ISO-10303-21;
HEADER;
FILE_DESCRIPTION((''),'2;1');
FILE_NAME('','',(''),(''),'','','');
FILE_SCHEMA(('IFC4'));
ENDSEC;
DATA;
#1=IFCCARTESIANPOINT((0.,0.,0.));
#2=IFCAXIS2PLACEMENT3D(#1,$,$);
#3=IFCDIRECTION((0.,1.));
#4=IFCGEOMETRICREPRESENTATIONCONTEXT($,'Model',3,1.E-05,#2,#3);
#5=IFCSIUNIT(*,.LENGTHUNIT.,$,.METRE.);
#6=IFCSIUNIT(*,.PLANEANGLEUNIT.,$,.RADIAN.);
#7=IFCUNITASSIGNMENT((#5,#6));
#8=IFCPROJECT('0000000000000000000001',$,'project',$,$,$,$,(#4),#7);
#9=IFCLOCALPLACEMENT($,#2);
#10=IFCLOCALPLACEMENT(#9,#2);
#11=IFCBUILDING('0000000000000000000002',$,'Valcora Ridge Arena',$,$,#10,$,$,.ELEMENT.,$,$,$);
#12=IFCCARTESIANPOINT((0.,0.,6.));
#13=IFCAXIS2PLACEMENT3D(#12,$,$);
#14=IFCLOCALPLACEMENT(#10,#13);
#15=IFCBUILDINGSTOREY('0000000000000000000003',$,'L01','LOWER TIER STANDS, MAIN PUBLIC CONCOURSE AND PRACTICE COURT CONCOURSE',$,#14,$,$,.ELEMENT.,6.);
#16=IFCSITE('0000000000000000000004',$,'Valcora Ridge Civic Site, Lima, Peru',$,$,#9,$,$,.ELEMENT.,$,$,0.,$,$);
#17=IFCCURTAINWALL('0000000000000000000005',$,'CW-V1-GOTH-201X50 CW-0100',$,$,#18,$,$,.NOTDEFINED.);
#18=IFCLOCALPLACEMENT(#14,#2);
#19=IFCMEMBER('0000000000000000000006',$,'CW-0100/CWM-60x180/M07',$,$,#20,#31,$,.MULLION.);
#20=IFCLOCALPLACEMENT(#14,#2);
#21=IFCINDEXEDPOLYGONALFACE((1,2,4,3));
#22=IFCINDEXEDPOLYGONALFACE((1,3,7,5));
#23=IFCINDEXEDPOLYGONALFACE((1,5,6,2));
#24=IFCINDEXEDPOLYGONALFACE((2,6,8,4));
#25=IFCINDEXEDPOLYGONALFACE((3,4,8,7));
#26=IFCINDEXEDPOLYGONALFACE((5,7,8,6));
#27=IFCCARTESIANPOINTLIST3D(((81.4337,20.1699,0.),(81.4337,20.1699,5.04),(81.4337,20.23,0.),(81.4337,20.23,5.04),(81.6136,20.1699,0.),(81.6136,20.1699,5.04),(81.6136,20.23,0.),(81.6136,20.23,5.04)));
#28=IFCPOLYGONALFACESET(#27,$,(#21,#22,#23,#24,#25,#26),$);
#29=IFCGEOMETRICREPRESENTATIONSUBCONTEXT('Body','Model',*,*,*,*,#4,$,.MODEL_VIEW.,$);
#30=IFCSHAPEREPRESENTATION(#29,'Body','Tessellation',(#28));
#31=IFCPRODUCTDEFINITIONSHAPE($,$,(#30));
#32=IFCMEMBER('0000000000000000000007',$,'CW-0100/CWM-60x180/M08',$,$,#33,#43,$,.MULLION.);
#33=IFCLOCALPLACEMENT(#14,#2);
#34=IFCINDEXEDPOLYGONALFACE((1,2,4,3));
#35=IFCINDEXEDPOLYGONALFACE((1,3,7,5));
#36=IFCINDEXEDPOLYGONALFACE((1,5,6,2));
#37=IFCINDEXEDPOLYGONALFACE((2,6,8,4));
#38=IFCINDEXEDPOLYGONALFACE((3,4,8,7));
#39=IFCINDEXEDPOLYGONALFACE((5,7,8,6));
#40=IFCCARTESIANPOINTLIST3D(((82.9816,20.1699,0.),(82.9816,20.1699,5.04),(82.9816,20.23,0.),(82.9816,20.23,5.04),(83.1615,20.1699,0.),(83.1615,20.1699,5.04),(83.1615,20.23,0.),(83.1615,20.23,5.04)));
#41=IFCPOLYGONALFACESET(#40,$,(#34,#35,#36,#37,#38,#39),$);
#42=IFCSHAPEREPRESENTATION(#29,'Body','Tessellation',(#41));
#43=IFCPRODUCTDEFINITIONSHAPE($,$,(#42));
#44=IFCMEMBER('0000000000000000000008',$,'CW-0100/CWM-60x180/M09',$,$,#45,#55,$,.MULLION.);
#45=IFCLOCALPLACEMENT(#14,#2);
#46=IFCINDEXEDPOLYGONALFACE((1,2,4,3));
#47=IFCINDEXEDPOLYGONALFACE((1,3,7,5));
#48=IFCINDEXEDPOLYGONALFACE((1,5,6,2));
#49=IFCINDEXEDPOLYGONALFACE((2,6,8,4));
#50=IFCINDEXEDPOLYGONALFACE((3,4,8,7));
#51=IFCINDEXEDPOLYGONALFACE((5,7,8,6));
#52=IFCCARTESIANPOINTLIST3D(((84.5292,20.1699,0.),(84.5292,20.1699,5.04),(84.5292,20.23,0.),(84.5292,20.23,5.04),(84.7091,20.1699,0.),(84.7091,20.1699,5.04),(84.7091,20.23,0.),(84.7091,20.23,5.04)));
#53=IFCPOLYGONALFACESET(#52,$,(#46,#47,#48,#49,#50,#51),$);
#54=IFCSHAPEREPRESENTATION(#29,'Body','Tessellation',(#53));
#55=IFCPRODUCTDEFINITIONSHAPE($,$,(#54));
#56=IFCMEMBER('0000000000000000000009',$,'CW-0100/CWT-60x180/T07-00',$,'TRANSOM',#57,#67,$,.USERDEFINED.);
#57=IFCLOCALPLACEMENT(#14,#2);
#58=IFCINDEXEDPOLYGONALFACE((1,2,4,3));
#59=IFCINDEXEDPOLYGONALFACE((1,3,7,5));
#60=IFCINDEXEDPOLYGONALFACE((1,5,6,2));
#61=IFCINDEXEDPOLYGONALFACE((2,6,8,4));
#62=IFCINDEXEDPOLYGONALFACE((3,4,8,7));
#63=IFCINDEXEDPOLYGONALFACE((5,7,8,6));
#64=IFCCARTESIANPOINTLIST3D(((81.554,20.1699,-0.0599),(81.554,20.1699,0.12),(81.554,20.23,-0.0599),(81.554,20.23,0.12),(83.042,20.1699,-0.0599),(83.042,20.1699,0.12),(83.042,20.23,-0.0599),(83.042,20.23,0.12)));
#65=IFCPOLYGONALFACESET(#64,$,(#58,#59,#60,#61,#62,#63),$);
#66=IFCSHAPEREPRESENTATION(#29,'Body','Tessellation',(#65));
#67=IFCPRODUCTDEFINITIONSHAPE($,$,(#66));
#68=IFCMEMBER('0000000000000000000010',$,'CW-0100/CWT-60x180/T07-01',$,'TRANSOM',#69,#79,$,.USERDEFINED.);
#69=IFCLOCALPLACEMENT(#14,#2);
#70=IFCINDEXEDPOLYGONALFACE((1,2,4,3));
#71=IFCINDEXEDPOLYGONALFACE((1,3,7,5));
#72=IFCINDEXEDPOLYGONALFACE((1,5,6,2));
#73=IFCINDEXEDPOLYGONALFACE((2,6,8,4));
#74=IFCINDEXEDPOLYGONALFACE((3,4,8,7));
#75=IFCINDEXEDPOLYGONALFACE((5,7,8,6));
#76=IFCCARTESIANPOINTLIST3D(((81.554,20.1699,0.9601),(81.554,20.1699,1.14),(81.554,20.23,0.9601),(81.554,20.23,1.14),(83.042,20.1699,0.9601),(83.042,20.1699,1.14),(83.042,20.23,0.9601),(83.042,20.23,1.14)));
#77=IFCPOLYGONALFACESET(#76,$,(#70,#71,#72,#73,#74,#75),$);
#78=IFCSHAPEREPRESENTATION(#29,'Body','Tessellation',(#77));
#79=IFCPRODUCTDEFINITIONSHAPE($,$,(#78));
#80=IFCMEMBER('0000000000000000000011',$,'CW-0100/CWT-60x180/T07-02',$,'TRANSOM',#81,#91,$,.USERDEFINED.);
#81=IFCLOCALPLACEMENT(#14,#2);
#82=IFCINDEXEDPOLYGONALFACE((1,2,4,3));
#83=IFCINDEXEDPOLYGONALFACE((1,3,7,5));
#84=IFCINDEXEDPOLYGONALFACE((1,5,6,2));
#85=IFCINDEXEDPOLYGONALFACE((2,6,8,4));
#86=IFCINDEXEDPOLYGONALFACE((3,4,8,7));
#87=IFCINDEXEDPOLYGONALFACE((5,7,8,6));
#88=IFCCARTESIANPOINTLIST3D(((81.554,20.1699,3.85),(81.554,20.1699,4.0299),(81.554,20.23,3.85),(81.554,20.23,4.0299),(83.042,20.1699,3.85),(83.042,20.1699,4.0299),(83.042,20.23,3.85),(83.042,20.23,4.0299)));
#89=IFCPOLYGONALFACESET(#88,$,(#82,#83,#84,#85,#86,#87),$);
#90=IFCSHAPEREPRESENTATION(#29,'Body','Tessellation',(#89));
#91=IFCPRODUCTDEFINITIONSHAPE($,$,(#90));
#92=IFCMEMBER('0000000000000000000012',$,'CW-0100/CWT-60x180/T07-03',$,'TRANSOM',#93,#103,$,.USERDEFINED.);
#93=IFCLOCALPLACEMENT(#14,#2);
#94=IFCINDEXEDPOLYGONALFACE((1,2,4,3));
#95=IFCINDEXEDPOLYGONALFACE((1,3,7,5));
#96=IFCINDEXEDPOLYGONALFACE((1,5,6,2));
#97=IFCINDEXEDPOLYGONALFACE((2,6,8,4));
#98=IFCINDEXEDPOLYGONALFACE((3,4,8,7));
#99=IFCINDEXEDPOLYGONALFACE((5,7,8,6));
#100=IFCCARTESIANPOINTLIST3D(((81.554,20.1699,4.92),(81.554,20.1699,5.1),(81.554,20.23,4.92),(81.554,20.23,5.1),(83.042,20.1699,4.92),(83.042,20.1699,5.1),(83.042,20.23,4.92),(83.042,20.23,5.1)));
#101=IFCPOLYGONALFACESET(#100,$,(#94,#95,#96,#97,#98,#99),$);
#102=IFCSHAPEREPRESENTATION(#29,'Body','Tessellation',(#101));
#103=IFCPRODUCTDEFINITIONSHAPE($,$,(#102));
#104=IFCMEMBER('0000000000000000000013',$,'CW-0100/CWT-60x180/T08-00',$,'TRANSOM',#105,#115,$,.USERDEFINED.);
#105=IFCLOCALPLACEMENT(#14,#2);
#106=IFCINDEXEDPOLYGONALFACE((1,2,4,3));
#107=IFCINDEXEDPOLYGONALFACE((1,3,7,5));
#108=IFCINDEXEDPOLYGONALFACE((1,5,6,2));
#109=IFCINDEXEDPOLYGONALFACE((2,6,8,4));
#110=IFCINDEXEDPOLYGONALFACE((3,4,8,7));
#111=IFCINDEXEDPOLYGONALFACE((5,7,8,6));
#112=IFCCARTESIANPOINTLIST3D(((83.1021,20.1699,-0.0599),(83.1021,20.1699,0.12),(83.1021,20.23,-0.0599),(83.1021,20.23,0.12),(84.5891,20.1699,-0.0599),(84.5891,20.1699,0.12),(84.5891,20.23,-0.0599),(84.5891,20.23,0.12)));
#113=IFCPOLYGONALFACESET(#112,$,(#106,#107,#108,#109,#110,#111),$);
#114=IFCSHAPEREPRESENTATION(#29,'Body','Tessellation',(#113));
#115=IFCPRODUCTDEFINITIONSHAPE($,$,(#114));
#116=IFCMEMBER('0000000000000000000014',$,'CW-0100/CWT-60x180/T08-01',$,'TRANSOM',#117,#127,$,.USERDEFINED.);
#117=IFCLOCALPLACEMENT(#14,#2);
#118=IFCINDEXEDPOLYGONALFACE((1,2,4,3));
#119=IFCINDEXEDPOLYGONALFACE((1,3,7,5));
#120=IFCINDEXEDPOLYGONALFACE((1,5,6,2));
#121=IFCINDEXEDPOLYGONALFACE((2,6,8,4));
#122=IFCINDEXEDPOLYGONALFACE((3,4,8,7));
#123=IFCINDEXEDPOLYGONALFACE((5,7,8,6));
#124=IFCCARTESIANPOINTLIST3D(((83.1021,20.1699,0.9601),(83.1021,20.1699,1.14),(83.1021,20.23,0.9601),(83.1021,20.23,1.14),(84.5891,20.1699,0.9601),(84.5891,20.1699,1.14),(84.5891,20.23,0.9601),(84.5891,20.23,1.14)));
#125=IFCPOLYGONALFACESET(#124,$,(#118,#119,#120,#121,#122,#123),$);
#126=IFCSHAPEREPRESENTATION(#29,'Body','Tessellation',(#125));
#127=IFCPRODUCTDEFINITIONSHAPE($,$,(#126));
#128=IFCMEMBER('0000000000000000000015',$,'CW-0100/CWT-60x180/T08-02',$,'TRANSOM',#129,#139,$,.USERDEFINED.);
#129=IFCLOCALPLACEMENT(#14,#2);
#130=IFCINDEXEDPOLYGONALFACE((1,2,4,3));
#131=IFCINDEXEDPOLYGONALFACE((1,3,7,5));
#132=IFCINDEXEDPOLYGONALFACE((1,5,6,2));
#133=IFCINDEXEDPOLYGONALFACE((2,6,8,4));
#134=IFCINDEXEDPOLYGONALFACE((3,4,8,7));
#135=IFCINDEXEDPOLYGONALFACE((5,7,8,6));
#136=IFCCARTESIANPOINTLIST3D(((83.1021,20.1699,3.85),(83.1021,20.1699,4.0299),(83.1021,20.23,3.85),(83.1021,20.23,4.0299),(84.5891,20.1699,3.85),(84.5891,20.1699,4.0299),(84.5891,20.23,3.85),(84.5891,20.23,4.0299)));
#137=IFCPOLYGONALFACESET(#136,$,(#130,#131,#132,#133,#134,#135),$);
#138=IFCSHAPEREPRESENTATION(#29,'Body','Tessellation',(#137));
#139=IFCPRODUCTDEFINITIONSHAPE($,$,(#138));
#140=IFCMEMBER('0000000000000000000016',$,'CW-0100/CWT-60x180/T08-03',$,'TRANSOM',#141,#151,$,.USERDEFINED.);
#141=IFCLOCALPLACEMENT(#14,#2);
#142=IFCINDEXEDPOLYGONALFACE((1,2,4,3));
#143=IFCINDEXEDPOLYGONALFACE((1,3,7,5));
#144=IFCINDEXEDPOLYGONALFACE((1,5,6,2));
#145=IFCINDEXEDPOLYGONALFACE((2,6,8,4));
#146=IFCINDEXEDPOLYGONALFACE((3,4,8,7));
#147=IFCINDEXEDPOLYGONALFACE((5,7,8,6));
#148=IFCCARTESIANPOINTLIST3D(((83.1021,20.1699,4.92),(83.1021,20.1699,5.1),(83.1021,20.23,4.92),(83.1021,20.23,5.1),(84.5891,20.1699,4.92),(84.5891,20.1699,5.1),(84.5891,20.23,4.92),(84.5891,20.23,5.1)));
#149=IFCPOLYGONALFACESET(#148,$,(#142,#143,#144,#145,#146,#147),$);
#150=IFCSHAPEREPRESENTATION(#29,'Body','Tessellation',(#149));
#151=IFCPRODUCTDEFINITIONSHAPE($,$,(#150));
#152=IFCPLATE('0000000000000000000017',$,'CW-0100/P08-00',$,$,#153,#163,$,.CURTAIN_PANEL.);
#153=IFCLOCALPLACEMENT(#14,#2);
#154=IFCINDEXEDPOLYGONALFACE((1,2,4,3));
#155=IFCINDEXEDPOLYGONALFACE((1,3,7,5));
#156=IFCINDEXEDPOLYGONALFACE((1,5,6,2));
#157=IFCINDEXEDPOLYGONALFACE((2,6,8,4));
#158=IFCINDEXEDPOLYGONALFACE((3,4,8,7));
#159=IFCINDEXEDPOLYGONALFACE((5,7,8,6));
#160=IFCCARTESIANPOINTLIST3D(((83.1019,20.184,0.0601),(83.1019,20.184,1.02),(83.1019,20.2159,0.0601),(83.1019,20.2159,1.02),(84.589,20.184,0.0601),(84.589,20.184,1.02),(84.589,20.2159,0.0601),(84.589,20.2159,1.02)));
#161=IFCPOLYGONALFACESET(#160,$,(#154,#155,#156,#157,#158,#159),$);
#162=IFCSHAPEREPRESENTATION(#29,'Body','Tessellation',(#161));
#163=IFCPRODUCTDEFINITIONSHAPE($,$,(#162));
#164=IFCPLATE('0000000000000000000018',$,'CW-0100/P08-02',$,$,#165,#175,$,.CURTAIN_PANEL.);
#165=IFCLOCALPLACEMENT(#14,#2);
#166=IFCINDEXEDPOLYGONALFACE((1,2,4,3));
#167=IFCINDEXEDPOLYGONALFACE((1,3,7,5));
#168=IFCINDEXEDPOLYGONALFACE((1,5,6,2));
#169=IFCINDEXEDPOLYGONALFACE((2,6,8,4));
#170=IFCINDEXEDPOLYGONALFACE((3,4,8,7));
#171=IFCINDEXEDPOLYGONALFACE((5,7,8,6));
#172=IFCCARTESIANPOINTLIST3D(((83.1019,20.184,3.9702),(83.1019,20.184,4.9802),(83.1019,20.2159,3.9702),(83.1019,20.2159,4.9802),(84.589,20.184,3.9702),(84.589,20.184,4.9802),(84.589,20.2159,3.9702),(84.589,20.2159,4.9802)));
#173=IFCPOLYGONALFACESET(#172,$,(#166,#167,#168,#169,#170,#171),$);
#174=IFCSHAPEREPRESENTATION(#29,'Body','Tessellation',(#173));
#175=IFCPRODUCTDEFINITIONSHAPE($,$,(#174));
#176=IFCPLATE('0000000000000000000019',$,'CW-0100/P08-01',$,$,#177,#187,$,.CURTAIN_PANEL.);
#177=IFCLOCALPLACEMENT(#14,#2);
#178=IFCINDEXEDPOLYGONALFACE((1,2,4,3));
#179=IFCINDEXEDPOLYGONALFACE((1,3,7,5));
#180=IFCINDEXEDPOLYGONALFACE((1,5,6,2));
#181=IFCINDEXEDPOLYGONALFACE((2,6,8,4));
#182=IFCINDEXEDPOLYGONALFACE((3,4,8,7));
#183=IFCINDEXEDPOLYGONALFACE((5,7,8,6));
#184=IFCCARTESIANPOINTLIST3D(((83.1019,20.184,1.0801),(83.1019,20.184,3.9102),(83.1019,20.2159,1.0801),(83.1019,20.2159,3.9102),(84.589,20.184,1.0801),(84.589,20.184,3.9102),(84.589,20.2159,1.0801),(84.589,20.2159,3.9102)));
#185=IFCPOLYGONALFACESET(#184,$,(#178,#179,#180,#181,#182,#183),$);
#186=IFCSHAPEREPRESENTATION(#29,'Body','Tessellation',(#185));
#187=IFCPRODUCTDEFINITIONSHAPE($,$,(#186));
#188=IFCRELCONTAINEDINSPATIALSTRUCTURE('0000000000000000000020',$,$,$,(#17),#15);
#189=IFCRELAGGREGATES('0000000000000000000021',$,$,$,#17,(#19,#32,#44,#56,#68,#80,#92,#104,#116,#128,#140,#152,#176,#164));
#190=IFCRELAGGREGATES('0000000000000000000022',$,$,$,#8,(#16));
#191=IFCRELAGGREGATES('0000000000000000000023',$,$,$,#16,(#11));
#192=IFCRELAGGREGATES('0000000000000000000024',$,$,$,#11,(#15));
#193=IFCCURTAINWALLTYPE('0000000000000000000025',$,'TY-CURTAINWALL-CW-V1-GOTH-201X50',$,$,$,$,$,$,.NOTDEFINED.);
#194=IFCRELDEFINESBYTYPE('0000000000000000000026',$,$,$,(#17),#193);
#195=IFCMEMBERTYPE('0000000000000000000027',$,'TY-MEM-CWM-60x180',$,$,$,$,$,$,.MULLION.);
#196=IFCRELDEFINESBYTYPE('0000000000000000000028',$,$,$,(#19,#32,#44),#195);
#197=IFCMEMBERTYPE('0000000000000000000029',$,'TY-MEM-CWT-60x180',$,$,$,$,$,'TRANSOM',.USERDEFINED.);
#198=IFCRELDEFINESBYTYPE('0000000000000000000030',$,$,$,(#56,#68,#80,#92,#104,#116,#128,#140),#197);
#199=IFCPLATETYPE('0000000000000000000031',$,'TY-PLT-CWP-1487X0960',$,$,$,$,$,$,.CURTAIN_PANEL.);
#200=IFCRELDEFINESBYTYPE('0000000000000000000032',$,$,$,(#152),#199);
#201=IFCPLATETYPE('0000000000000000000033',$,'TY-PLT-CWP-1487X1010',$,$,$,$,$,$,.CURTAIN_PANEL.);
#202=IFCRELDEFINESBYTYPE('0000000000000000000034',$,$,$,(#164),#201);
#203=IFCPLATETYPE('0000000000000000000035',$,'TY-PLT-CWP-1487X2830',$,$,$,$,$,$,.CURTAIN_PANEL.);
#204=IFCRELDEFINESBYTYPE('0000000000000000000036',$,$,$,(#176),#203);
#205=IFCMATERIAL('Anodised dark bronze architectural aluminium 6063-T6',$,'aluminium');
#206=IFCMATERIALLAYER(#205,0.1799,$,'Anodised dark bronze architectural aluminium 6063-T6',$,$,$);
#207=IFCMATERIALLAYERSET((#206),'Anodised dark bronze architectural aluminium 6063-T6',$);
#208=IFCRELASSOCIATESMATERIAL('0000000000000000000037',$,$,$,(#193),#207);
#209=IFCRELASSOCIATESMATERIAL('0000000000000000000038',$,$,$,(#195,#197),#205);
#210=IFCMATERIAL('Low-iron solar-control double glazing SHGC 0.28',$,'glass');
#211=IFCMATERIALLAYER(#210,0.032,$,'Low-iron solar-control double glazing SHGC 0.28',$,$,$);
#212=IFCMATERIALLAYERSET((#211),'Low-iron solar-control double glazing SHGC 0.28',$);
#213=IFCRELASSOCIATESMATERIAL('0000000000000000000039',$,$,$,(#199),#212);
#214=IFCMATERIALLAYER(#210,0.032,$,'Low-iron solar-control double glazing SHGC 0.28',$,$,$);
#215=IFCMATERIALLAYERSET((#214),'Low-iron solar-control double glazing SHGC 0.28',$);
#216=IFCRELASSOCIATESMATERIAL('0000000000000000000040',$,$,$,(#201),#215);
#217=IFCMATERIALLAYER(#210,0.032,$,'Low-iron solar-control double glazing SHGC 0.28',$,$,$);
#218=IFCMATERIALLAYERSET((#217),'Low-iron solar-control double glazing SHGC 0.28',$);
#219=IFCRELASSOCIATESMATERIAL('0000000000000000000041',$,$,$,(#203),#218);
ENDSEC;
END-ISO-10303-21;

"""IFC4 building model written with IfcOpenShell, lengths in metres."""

from ifc_helpers import new_model, si_unit, direction, frame, origin, origin_2d, place, context, subcontext, project, spatial, rectangle, extrude, material, layer, layer_set, material_profile, profile_set, type_object, element, aggregate, save


model = new_model("IFC4")

# Units and contexts
model_context = context("Model", 3, precision=1e-05, world=origin(), true_north=direction((0.0, 1.0)))
body_context = subcontext(model_context, "Body", "Model", "MODEL_VIEW")
ifc_project = project(units=[si_unit("LENGTHUNIT", "METRE"), si_unit("PLANEANGLEUNIT", "RADIAN")], contexts=[model_context])

# Site, building, storey
site_placement = place(None, origin())
site = spatial("IfcSite", under=ifc_project, at=site_placement, Name="Valcora Ridge Civic Site, Lima, Peru", CompositionType="ELEMENT", RefElevation=0.0)
building_placement = place(site_placement, origin())
building = spatial("IfcBuilding", under=site, at=building_placement, Name="Valcora Ridge Arena", CompositionType="ELEMENT")
storey_placement = place(building_placement, frame((0.0, 0.0, 6.0)))
storey = spatial("IfcBuildingStorey", under=building, at=storey_placement, Name="L01", Description="LOWER TIER STANDS, MAIN PUBLIC CONCOURSE AND PRACTICE COURT CONCOURSE", CompositionType="ELEMENT", Elevation=6.0)

# Curtain wall, members, plates
ifc_material_1 = material(Name="Anodised dark bronze architectural aluminium 6063-T6", Category="aluminium")
ifc_layer_1 = layer(ifc_material_1, 0.1799, Name="Anodised dark bronze architectural aluminium 6063-T6")
ifc_layer_set_1 = layer_set([ifc_layer_1], Name="Anodised dark bronze architectural aluminium 6063-T6")
curtain_wall_type = type_object("IfcCurtainWallType", Name="TY-CURTAINWALL-CW-V1-GOTH-201X50", PredefinedType="NOTDEFINED", material=ifc_layer_set_1)
curtain_wall_placement = place(storey_placement, origin())
curtain_wall = element("IfcCurtainWall", 1, at=curtain_wall_placement, inside=storey, type_object=curtain_wall_type, Name="CW-V1-GOTH-201X50 CW-0100", PredefinedType="NOTDEFINED")
ifc_material_profile_1 = material_profile(ifc_material_1, rectangle(XDim=0.0601, YDim=0.1799, at=origin_2d()), Name="ALU MULLION 60x180")
ifc_profile_set_1 = profile_set([ifc_material_profile_1], Name="Anodised dark bronze architectural aluminium 6063-T6")
member_type_1 = type_object("IfcMemberType", Name="TY-MEM-CWM-60x180", PredefinedType="MULLION", material=ifc_profile_set_1)
member_1_placement = place(storey_placement, frame((81.5237, 20.2, 0.0), z_axis=(0.0, 0.0, 1.0), x_axis=(0.0, 1.0, 0.0)))
member_1 = element("IfcMember", 2, at=member_1_placement, type_object=member_type_1, Name="CW-0100/CWM-60x180/M07", PredefinedType="MULLION", context=body_context, shape_type="SweptSolid", body=[
    extrude(rectangle(XDim=0.0601, YDim=0.1799, at=origin_2d()), origin(), (0.0, 0.0, 1.0), 5.04),
])
member_2_placement = place(storey_placement, frame((83.0715, 20.2, 0.0), z_axis=(0.0, 0.0, 1.0), x_axis=(0.0, 1.0, 0.0)))
member_2 = element("IfcMember", 3, at=member_2_placement, type_object=member_type_1, Name="CW-0100/CWM-60x180/M08", PredefinedType="MULLION", context=body_context, shape_type="SweptSolid", body=[
    extrude(rectangle(XDim=0.0601, YDim=0.1799, at=origin_2d()), origin(), (0.0, 0.0, 1.0), 5.04),
])
member_3_placement = place(storey_placement, frame((84.6191, 20.2, 0.0), z_axis=(0.0, 0.0, 1.0), x_axis=(0.0, 1.0, 0.0)))
member_3 = element("IfcMember", 4, at=member_3_placement, type_object=member_type_1, Name="CW-0100/CWM-60x180/M09", PredefinedType="MULLION", context=body_context, shape_type="SweptSolid", body=[
    extrude(rectangle(XDim=0.0601, YDim=0.1799, at=origin_2d()), origin(), (0.0, 0.0, 1.0), 5.04),
])
ifc_material_profile_2 = material_profile(ifc_material_1, rectangle(XDim=0.0601, YDim=0.1799, at=origin_2d()), Name="ALU TRANSOM 60x180")
ifc_profile_set_2 = profile_set([ifc_material_profile_2], Name="Anodised dark bronze architectural aluminium 6063-T6")
member_type_2 = type_object("IfcMemberType", Name="TY-MEM-CWT-60x180", ElementType="TRANSOM", PredefinedType="USERDEFINED", material=ifc_profile_set_2)
member_4_placement = place(storey_placement, frame((81.554, 20.2, 0.03), z_axis=(1.0, 0.0, 0.0), x_axis=(0.0, 1.0, 0.0)))
member_4 = element("IfcMember", 5, at=member_4_placement, type_object=member_type_2, Name="CW-0100/CWT-60x180/T07-00", ObjectType="TRANSOM", PredefinedType="USERDEFINED", context=body_context, shape_type="SweptSolid", body=[
    extrude(rectangle(XDim=0.0601, YDim=0.1799, at=origin_2d()), origin(), (0.0, 0.0, 1.0), 1.488),
])
member_5_placement = place(storey_placement, frame((81.554, 20.2, 1.05), z_axis=(1.0, 0.0, 0.0), x_axis=(0.0, 1.0, 0.0)))
member_5 = element("IfcMember", 6, at=member_5_placement, type_object=member_type_2, Name="CW-0100/CWT-60x180/T07-01", ObjectType="TRANSOM", PredefinedType="USERDEFINED", context=body_context, shape_type="SweptSolid", body=[
    extrude(rectangle(XDim=0.0601, YDim=0.1799, at=origin_2d()), origin(), (0.0, 0.0, 1.0), 1.488),
])
member_6_placement = place(storey_placement, frame((81.554, 20.2, 3.9399), z_axis=(1.0, 0.0, 0.0), x_axis=(0.0, 1.0, 0.0)))
member_6 = element("IfcMember", 7, at=member_6_placement, type_object=member_type_2, Name="CW-0100/CWT-60x180/T07-02", ObjectType="TRANSOM", PredefinedType="USERDEFINED", context=body_context, shape_type="SweptSolid", body=[
    extrude(rectangle(XDim=0.0601, YDim=0.1799, at=origin_2d()), origin(), (0.0, 0.0, 1.0), 1.488),
])
member_7_placement = place(storey_placement, frame((81.554, 20.2, 5.01), z_axis=(1.0, 0.0, 0.0), x_axis=(0.0, 1.0, 0.0)))
member_7 = element("IfcMember", 8, at=member_7_placement, type_object=member_type_2, Name="CW-0100/CWT-60x180/T07-03", ObjectType="TRANSOM", PredefinedType="USERDEFINED", context=body_context, shape_type="SweptSolid", body=[
    extrude(rectangle(XDim=0.0601, YDim=0.1799, at=origin_2d()), origin(), (0.0, 0.0, 1.0), 1.488),
])
member_8_placement = place(storey_placement, frame((83.1021, 20.2, 0.03), z_axis=(1.0, 0.0, 0.0), x_axis=(0.0, 1.0, 0.0)))
member_8 = element("IfcMember", 9, at=member_8_placement, type_object=member_type_2, Name="CW-0100/CWT-60x180/T08-00", ObjectType="TRANSOM", PredefinedType="USERDEFINED", context=body_context, shape_type="SweptSolid", body=[
    extrude(rectangle(XDim=0.0601, YDim=0.1799, at=origin_2d()), origin(), (0.0, 0.0, 1.0), 1.4871),
])
member_9_placement = place(storey_placement, frame((83.1021, 20.2, 1.05), z_axis=(1.0, 0.0, 0.0), x_axis=(0.0, 1.0, 0.0)))
member_9 = element("IfcMember", 10, at=member_9_placement, type_object=member_type_2, Name="CW-0100/CWT-60x180/T08-01", ObjectType="TRANSOM", PredefinedType="USERDEFINED", context=body_context, shape_type="SweptSolid", body=[
    extrude(rectangle(XDim=0.0601, YDim=0.1799, at=origin_2d()), origin(), (0.0, 0.0, 1.0), 1.4871),
])
member_10_placement = place(storey_placement, frame((83.1021, 20.2, 3.9399), z_axis=(1.0, 0.0, 0.0), x_axis=(0.0, 1.0, 0.0)))
member_10 = element("IfcMember", 11, at=member_10_placement, type_object=member_type_2, Name="CW-0100/CWT-60x180/T08-02", ObjectType="TRANSOM", PredefinedType="USERDEFINED", context=body_context, shape_type="SweptSolid", body=[
    extrude(rectangle(XDim=0.0601, YDim=0.1799, at=origin_2d()), origin(), (0.0, 0.0, 1.0), 1.4871),
])
member_11_placement = place(storey_placement, frame((83.1021, 20.2, 5.01), z_axis=(1.0, 0.0, 0.0), x_axis=(0.0, 1.0, 0.0)))
member_11 = element("IfcMember", 12, at=member_11_placement, type_object=member_type_2, Name="CW-0100/CWT-60x180/T08-03", ObjectType="TRANSOM", PredefinedType="USERDEFINED", context=body_context, shape_type="SweptSolid", body=[
    extrude(rectangle(XDim=0.0601, YDim=0.1799, at=origin_2d()), origin(), (0.0, 0.0, 1.0), 1.4871),
])
ifc_material_2 = material(Name="Low-iron solar-control double glazing SHGC 0.28", Category="glass")
ifc_layer_2 = layer(ifc_material_2, 0.032, Name="Low-iron solar-control double glazing SHGC 0.28")
ifc_layer_set_2 = layer_set([ifc_layer_2], Name="Low-iron solar-control double glazing SHGC 0.28")
plate_type_1 = type_object("IfcPlateType", Name="TY-PLT-CWP-1487X0960", PredefinedType="CURTAIN_PANEL", material=ifc_layer_set_2)
plate_1_placement = place(storey_placement, frame((83.8455, 20.2, 0.0601), z_axis=(0.0, 0.0, 1.0), x_axis=(1.0, 0.0, 0.0)))
plate_1 = element("IfcPlate", 13, at=plate_1_placement, type_object=plate_type_1, Name="CW-0100/P08-00", PredefinedType="CURTAIN_PANEL", context=body_context, shape_type="SweptSolid", body=[
    extrude(rectangle(XDim=1.4871, YDim=0.032, at=origin_2d()), origin(), (0.0, 0.0, 1.0), 0.96),
])
ifc_layer_3 = layer(ifc_material_2, 0.032, Name="Low-iron solar-control double glazing SHGC 0.28")
ifc_layer_set_3 = layer_set([ifc_layer_3], Name="Low-iron solar-control double glazing SHGC 0.28")
plate_type_2 = type_object("IfcPlateType", Name="TY-PLT-CWP-1487X1010", PredefinedType="CURTAIN_PANEL", material=ifc_layer_set_3)
plate_2_placement = place(storey_placement, frame((83.8455, 20.2, 3.9702), z_axis=(0.0, 0.0, 1.0), x_axis=(1.0, 0.0, 0.0)))
plate_2 = element("IfcPlate", 14, at=plate_2_placement, type_object=plate_type_2, Name="CW-0100/P08-02", PredefinedType="CURTAIN_PANEL", context=body_context, shape_type="SweptSolid", body=[
    extrude(rectangle(XDim=1.4871, YDim=0.032, at=origin_2d()), origin(), (0.0, 0.0, 1.0), 1.01),
])
ifc_layer_4 = layer(ifc_material_2, 0.032, Name="Low-iron solar-control double glazing SHGC 0.28")
ifc_layer_set_4 = layer_set([ifc_layer_4], Name="Low-iron solar-control double glazing SHGC 0.28")
plate_type_3 = type_object("IfcPlateType", Name="TY-PLT-CWP-1487X2830", PredefinedType="CURTAIN_PANEL", material=ifc_layer_set_4)
plate_3_placement = place(storey_placement, frame((83.8455, 20.2, 1.0801), z_axis=(0.0, 0.0, 1.0), x_axis=(1.0, 0.0, 0.0)))
plate_3 = element("IfcPlate", 15, at=plate_3_placement, type_object=plate_type_3, Name="CW-0100/P08-01", PredefinedType="CURTAIN_PANEL", context=body_context, shape_type="SweptSolid", body=[
    extrude(rectangle(XDim=1.4871, YDim=0.032, at=origin_2d()), origin(), (0.0, 0.0, 1.0), 2.8301),
])
aggregate(curtain_wall, [member_1, member_2, member_3, member_4, member_5, member_6, member_7, member_8, member_9, member_10, member_11, plate_1, plate_3, plate_2])

save(model, "model.ifc")
